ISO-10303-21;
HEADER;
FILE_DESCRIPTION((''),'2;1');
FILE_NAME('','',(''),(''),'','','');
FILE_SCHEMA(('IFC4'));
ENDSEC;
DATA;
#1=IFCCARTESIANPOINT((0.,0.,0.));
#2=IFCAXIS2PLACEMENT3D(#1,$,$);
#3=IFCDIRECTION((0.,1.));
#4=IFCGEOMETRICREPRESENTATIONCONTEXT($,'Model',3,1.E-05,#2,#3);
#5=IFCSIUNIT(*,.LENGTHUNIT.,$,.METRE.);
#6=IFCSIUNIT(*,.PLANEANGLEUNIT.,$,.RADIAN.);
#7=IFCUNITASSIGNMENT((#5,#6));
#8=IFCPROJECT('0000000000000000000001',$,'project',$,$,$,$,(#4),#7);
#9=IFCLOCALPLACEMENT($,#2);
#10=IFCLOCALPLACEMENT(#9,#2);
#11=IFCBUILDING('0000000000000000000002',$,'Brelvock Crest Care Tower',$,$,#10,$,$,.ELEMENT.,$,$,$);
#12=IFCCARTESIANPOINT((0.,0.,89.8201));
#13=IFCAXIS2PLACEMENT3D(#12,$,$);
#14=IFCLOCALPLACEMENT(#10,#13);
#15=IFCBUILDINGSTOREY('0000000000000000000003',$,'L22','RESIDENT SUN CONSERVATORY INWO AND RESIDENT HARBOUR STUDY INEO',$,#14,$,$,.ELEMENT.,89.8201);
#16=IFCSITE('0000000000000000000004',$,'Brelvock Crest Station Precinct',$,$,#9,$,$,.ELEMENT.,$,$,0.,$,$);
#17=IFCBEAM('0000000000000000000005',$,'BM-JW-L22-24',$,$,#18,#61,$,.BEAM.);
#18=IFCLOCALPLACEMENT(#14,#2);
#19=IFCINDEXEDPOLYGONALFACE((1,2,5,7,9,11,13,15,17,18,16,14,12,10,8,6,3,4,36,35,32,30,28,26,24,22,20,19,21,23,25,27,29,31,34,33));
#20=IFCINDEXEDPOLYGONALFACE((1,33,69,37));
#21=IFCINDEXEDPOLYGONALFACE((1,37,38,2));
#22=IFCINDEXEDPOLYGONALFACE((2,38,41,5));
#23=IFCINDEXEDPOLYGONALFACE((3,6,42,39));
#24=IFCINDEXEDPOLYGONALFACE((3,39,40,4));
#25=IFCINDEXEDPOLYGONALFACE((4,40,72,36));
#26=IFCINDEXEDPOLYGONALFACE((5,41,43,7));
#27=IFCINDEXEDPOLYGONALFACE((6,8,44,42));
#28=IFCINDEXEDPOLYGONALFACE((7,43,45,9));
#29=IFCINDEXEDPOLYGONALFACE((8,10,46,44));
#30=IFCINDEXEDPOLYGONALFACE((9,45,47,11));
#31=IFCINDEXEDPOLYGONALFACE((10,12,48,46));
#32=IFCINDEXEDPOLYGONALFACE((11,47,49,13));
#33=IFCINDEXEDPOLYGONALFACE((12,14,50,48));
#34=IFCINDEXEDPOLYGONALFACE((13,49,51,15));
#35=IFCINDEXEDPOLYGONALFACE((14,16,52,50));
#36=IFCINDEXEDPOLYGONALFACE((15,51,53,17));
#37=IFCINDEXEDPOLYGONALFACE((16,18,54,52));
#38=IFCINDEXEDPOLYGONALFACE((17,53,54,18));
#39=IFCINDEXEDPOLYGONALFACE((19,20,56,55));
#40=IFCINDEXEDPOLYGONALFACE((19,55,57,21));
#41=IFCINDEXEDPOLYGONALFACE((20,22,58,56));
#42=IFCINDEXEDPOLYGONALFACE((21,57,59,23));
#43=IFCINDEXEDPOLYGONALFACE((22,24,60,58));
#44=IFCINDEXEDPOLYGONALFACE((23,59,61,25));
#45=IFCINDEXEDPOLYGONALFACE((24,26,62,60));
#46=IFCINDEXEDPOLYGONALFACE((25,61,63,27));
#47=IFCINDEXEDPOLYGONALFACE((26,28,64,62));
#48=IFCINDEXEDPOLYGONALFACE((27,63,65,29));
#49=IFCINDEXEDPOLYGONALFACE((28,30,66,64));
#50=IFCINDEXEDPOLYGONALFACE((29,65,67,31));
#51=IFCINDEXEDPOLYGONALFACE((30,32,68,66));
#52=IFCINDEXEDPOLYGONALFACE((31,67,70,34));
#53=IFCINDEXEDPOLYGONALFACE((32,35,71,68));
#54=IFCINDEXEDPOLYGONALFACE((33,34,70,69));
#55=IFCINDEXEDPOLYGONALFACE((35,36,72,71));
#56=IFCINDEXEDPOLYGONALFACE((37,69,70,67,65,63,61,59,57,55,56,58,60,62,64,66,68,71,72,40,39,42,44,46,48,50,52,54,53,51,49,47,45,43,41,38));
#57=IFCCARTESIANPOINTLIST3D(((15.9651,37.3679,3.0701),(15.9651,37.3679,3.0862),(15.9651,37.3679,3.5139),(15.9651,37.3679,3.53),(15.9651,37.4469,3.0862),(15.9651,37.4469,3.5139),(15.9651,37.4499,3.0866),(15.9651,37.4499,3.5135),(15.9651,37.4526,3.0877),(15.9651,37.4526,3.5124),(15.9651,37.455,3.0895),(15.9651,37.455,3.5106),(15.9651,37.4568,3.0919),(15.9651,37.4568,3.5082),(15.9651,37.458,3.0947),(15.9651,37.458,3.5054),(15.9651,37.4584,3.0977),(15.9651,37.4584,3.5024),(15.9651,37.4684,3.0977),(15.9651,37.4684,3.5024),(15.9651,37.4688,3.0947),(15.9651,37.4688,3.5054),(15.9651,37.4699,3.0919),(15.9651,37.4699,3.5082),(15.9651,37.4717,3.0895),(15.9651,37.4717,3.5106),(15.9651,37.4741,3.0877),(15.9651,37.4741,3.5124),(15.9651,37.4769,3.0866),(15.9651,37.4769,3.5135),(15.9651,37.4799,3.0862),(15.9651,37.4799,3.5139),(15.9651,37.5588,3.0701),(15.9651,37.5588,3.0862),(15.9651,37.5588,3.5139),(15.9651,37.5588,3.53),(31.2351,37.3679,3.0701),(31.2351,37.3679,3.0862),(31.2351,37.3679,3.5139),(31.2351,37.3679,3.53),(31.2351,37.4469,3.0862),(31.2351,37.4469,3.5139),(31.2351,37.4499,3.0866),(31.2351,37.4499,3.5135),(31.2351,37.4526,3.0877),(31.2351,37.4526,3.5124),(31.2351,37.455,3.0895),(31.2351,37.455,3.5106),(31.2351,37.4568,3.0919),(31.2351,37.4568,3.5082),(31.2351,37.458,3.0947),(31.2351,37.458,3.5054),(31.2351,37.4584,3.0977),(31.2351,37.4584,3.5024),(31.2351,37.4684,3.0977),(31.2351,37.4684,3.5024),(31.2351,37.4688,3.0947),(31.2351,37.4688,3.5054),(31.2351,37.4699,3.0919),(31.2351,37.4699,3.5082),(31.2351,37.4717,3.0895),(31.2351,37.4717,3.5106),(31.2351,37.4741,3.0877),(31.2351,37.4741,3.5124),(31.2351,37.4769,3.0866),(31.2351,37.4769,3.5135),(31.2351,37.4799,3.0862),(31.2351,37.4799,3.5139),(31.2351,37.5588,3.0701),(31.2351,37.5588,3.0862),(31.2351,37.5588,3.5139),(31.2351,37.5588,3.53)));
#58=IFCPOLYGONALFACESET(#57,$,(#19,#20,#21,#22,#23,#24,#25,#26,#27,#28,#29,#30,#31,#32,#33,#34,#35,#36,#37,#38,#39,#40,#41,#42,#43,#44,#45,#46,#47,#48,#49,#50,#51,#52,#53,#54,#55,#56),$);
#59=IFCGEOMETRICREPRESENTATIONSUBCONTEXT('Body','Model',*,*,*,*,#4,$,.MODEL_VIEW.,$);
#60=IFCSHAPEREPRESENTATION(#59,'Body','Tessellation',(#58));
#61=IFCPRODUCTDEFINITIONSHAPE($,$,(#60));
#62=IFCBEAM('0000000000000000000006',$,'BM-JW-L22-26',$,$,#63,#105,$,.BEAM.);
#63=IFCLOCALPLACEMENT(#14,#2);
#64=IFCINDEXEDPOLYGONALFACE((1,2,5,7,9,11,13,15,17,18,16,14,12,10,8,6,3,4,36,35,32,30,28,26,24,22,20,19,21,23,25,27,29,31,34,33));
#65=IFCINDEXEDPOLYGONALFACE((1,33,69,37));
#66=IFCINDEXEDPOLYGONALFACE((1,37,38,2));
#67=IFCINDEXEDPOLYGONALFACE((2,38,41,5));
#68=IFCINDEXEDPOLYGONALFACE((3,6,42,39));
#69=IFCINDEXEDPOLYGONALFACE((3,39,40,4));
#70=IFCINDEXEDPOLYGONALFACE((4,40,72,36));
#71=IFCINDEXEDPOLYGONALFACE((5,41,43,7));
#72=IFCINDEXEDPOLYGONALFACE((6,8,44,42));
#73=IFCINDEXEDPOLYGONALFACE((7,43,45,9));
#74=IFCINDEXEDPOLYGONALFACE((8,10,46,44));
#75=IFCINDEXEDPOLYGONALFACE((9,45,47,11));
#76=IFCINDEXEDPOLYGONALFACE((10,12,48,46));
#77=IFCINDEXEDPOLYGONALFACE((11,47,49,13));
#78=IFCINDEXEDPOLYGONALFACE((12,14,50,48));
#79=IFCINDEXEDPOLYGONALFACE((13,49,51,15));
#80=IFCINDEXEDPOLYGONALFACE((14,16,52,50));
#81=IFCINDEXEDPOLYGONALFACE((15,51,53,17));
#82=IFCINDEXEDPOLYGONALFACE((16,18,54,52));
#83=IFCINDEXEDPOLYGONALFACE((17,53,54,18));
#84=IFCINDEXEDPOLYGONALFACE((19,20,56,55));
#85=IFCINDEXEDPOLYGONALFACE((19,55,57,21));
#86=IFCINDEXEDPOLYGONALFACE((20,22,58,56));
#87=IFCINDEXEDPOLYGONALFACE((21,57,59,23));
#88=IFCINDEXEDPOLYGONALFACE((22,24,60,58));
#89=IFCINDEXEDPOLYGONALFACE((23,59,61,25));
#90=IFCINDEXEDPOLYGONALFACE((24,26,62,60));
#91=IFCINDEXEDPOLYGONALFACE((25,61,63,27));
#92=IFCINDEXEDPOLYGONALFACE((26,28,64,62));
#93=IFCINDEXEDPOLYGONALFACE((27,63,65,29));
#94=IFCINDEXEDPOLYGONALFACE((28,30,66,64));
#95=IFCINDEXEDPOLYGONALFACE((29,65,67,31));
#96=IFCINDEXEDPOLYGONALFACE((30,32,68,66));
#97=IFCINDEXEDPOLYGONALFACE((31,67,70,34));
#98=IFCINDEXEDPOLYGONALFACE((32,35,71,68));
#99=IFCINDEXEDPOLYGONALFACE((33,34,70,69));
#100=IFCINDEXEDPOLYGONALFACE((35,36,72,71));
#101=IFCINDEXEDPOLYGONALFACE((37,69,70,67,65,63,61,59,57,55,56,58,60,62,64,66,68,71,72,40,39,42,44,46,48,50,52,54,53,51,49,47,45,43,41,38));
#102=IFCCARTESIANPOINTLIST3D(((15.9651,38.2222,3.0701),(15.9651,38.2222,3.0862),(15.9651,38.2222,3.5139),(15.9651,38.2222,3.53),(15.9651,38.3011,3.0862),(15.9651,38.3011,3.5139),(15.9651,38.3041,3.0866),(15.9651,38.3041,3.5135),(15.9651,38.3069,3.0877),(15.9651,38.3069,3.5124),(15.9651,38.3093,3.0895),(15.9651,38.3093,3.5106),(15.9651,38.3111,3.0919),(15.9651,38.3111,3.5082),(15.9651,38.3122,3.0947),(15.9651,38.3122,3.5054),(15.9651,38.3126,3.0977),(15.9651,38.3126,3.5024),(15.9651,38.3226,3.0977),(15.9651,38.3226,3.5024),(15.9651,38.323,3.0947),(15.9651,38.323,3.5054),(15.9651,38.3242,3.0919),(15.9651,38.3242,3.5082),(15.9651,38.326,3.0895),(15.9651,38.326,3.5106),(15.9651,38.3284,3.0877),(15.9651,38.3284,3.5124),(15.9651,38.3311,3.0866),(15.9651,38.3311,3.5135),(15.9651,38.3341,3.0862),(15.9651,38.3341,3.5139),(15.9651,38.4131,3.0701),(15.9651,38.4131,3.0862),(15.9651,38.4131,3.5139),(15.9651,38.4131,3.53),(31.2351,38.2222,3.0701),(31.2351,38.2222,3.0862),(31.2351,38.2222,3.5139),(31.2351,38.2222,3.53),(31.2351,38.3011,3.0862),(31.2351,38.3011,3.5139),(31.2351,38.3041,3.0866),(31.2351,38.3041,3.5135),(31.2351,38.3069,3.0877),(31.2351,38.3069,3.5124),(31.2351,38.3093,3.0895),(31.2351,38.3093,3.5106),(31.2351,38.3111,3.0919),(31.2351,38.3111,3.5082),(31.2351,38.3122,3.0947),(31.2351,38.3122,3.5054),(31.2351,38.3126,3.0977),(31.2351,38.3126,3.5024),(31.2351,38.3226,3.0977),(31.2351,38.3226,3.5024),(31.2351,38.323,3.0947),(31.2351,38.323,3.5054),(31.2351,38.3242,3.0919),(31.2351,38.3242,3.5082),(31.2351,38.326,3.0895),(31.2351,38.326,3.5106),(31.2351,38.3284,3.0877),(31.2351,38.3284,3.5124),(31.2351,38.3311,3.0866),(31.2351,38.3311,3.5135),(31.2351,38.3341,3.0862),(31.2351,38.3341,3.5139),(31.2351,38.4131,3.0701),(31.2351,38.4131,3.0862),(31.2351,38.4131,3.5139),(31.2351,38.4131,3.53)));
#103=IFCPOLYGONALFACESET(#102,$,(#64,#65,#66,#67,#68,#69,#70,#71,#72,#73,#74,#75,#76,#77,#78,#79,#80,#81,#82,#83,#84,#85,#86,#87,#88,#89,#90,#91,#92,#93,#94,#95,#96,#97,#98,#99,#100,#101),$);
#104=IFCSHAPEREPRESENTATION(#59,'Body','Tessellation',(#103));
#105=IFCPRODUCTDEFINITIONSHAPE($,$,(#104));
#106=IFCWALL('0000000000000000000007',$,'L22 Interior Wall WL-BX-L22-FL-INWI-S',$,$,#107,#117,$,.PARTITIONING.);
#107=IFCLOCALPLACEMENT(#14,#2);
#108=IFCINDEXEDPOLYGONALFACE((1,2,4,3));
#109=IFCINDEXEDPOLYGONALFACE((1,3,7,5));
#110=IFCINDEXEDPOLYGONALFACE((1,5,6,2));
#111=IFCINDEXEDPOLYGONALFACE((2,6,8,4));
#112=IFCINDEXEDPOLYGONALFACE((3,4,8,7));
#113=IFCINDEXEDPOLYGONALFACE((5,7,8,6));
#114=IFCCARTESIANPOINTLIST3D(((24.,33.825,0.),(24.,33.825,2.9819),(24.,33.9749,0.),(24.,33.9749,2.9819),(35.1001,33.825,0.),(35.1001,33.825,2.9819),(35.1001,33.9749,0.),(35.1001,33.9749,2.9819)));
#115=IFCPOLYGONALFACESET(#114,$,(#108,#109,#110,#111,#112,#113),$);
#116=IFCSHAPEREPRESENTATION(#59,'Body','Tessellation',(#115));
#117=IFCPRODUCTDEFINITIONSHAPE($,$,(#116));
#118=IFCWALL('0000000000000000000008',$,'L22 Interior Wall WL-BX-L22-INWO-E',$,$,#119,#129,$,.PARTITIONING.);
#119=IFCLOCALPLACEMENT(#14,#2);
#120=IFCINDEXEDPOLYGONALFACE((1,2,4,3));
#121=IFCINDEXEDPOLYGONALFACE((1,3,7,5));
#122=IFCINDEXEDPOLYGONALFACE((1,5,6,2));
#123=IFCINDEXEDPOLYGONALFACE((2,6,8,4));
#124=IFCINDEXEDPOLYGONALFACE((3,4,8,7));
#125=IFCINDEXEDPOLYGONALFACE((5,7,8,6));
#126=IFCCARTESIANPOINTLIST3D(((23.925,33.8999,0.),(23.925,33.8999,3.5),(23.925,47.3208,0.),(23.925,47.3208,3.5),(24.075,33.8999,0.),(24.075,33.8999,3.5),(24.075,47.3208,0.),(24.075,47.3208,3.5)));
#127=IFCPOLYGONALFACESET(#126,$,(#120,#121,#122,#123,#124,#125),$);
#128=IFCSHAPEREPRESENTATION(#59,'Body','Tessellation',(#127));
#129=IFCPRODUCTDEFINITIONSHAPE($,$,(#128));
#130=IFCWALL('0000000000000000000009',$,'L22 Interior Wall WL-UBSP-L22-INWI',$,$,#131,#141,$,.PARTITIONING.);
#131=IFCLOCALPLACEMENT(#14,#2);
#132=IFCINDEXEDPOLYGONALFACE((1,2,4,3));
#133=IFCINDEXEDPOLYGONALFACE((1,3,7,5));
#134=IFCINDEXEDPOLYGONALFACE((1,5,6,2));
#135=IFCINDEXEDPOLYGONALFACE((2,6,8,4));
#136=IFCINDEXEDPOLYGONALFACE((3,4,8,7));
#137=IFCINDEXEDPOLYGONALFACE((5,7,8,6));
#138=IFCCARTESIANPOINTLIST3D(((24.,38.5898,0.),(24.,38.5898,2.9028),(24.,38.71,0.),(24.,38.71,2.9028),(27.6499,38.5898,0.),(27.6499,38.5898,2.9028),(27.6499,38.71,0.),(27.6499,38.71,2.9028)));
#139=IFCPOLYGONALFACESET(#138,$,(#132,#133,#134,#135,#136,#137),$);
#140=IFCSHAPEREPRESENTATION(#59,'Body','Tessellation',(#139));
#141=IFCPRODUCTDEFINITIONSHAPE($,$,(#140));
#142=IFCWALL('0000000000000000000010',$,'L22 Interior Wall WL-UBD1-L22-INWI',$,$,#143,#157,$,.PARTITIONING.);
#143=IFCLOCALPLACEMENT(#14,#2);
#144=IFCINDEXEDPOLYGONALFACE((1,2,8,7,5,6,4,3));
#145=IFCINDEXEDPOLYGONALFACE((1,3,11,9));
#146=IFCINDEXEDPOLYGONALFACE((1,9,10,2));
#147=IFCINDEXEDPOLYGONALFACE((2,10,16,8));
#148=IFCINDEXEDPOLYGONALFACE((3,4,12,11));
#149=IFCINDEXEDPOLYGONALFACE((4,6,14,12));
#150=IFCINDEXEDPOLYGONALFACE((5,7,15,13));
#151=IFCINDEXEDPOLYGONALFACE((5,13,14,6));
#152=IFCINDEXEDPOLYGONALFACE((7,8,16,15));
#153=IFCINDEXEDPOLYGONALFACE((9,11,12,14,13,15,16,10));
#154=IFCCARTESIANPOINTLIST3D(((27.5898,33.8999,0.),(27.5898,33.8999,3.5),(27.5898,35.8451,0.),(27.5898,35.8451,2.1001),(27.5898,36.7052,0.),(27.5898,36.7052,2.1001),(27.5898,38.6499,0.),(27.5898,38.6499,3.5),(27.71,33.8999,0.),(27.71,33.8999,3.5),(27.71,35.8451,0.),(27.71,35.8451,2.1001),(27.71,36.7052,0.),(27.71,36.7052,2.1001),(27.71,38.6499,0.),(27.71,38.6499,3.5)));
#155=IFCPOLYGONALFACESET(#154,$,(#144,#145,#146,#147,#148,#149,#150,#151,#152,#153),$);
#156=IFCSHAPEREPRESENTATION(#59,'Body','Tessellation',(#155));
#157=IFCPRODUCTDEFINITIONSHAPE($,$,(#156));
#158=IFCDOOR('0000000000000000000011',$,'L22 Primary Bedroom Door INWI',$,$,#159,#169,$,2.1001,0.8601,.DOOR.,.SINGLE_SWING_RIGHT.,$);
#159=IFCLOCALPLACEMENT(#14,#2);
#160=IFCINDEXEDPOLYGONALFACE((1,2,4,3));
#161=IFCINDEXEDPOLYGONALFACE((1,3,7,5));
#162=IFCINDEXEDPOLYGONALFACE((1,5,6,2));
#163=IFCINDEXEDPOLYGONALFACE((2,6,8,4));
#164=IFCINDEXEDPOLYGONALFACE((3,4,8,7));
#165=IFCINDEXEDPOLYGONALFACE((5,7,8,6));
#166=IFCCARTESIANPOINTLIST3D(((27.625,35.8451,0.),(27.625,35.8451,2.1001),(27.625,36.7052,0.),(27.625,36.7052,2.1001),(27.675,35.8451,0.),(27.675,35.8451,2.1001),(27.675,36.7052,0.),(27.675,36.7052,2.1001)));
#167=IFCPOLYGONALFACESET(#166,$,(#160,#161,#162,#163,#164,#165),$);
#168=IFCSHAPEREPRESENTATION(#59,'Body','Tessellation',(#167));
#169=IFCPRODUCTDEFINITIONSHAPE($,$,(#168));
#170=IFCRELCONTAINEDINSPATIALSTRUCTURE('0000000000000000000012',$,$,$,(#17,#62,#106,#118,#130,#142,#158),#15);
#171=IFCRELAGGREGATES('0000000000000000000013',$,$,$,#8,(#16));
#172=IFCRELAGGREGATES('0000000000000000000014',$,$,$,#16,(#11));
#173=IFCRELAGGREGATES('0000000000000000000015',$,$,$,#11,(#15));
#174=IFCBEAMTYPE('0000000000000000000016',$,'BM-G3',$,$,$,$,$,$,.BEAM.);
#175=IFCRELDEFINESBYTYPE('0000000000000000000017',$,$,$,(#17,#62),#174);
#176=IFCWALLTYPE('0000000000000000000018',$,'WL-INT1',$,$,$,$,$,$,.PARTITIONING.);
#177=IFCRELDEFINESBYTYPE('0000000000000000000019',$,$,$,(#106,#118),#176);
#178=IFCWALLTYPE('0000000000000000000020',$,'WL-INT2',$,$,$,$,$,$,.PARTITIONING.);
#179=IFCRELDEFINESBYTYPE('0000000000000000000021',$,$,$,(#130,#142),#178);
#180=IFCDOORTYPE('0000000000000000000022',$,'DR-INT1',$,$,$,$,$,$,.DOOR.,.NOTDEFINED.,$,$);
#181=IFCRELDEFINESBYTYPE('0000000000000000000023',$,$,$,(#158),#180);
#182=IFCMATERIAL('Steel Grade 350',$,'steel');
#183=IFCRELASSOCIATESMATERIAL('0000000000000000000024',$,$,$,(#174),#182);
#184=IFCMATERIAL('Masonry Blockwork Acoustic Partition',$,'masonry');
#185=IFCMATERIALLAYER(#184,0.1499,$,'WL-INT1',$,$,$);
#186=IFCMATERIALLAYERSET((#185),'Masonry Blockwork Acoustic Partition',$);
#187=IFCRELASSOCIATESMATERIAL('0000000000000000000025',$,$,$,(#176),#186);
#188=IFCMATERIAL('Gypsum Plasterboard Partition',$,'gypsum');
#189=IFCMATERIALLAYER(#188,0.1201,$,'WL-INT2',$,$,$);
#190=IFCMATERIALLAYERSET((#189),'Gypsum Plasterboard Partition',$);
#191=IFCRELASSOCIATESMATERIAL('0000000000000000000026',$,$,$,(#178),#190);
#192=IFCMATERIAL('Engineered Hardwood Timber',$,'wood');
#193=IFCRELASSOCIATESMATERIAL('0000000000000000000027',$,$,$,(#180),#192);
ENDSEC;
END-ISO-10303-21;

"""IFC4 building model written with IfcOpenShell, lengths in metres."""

from ifc_helpers import new_model, si_unit, direction, frame, frame_2d, origin, origin_2d, place, context, subcontext, project, spatial, rectangle, i_section, extrude, source, transform, mapped, material, layer, layer_set, material_profile, profile_set, type_object, element, fill, save


model = new_model("IFC4")

# Units and contexts
model_context = context("Model", 3, precision=1e-05, world=origin(), true_north=direction((0.0, 1.0)))
body_context = subcontext(model_context, "Body", "Model", "MODEL_VIEW")
ifc_project = project(units=[si_unit("LENGTHUNIT", "METRE"), si_unit("PLANEANGLEUNIT", "RADIAN")], contexts=[model_context])

# Site, building, storey
site_placement = place(None, origin())
site = spatial("IfcSite", under=ifc_project, at=site_placement, Name="Brelvock Crest Station Precinct", CompositionType="ELEMENT", RefElevation=0.0)
building_placement = place(site_placement, origin())
building = spatial("IfcBuilding", under=site, at=building_placement, Name="Brelvock Crest Care Tower", CompositionType="ELEMENT")
storey_placement = place(building_placement, frame((0.0, 0.0, 89.8201)))
storey = spatial("IfcBuildingStorey", under=building, at=storey_placement, Name="L22", Description="RESIDENT SUN CONSERVATORY INWO AND RESIDENT HARBOUR STUDY INEO", CompositionType="ELEMENT", Elevation=89.8201)

# Beams
ifc_material_1 = material(Name="Steel Grade 350", Category="steel")
ifc_material_profile_1 = material_profile(ifc_material_1, i_section(OverallWidth=0.1909, OverallDepth=0.46, WebThickness=0.01, FlangeThickness=0.0161, FilletRadius=0.0115, at=origin_2d()), Name="460UB82.1")
ifc_profile_set_1 = profile_set([ifc_material_profile_1], Name="Steel Grade 350")
beam_type_1 = type_object("IfcBeamType", Name="BM-G3", PredefinedType="BEAM", material=ifc_profile_set_1)
shared_shape_1 = source(origin(), body_context, "Body", "SweptSolid", [
    extrude(i_section(OverallWidth=0.1909, OverallDepth=0.46, WebThickness=0.01, FlangeThickness=0.0161, FilletRadius=0.0115, at=origin_2d()), origin(), (0.0, 0.0, 1.0), 15.27),
])
for number, where, z_axis, x_axis, name in (
    (1, (15.9651, 37.4634, 3.3), (1.0, 0.0, 0.0), (0.0, 1.0, 0.0), "BM-JW-L22-24"),
    (2, (15.9651, 38.3176, 3.3), (1.0, 0.0, 0.0), (0.0, 1.0, 0.0), "BM-JW-L22-26"),
):
    element("IfcBeam", number, at=place(storey_placement, frame(where, z_axis=z_axis, x_axis=x_axis)), inside=storey, type_object=beam_type_1, Name=name, PredefinedType="BEAM", context=body_context, shape_type="MappedRepresentation", body=[
        mapped(shared_shape_1, transform((0.0, 0.0, 0.0), x_axis=(1.0, 0.0, 0.0), y_axis=(0.0, 1.0, 0.0), z_axis=(0.0, 0.0, 1.0), scale=1.0)),
    ])

# Walls
ifc_material_2 = material(Name="Masonry Blockwork Acoustic Partition", Category="masonry")
ifc_layer_1 = layer(ifc_material_2, 0.1499, Name="WL-INT1")
ifc_layer_set_1 = layer_set([ifc_layer_1], Name="Masonry Blockwork Acoustic Partition")
wall_type_1 = type_object("IfcWallType", Name="WL-INT1", PredefinedType="PARTITIONING", material=ifc_layer_set_1)
wall_1_placement = place(storey_placement, frame((24.0, 33.8999, 0.0), z_axis=(0.0, 0.0, 1.0), x_axis=(1.0, 0.0, 0.0)))
element("IfcWall", 3, at=wall_1_placement, inside=storey, type_object=wall_type_1, Name="L22 Interior Wall WL-BX-L22-FL-INWI-S", PredefinedType="PARTITIONING", context=body_context, shape_type="SweptSolid", body=[
    extrude(rectangle(XDim=11.1001, YDim=0.1499, at=frame_2d((5.55, 0.0))), origin(), (0.0, 0.0, 1.0), 2.9819),
])
wall_2_placement = place(storey_placement, frame((24.0, 33.8999, 0.0), z_axis=(0.0, 0.0, 1.0), x_axis=(0.0, 1.0, 0.0)))
element("IfcWall", 4, at=wall_2_placement, inside=storey, type_object=wall_type_1, Name="L22 Interior Wall WL-BX-L22-INWO-E", PredefinedType="PARTITIONING", context=body_context, shape_type="SweptSolid", body=[
    extrude(rectangle(XDim=13.4209, YDim=0.1499, at=frame_2d((6.7104, 0.0))), origin(), (0.0, 0.0, 1.0), 3.5),
])
ifc_material_3 = material(Name="Gypsum Plasterboard Partition", Category="gypsum")
ifc_layer_2 = layer(ifc_material_3, 0.1201, Name="WL-INT2")
ifc_layer_set_2 = layer_set([ifc_layer_2], Name="Gypsum Plasterboard Partition")
wall_type_2 = type_object("IfcWallType", Name="WL-INT2", PredefinedType="PARTITIONING", material=ifc_layer_set_2)
wall_3_placement = place(storey_placement, frame((24.0, 38.6499, 0.0), z_axis=(0.0, 0.0, 1.0), x_axis=(1.0, 0.0, 0.0)))
element("IfcWall", 5, at=wall_3_placement, inside=storey, type_object=wall_type_2, Name="L22 Interior Wall WL-UBSP-L22-INWI", PredefinedType="PARTITIONING", context=body_context, shape_type="SweptSolid", body=[
    extrude(rectangle(XDim=3.6499, YDim=0.1201, at=frame_2d((1.825, 0.0))), origin(), (0.0, 0.0, 1.0), 2.9028),
])

# Wall, opening, door
wall_4_placement = place(storey_placement, frame((27.6499, 33.8999, 0.0), z_axis=(0.0, 0.0, 1.0), x_axis=(0.0, 1.0, 0.0)))
wall_4 = element("IfcWall", 6, at=wall_4_placement, inside=storey, type_object=wall_type_2, Name="L22 Interior Wall WL-UBD1-L22-INWI", PredefinedType="PARTITIONING", context=body_context, shape_type="SweptSolid", body=[
    extrude(rectangle(XDim=4.75, YDim=0.1201, at=frame_2d((2.375, 0.0))), origin(), (0.0, 0.0, 1.0), 3.5),
])
opening_1_placement = place(wall_4_placement, frame((1.9451, 0.0, 0.0)))
opening_1 = element("IfcOpeningElement", 7, at=opening_1_placement, cuts=wall_4, PredefinedType="OPENING", context=body_context, shape_type="SweptSolid", body=[
    extrude(rectangle(XDim=0.8601, YDim=2.1001, at=origin_2d()), frame((0.4302, 0.0701, 1.05), z_axis=(0.0, -1.0, 0.0), x_axis=(1.0, 0.0, 0.0)), (0.0, 0.0, 1.0), 0.1401),
])
ifc_material_4 = material(Name="Engineered Hardwood Timber", Category="wood")
door_type = type_object("IfcDoorType", Name="DR-INT1", OperationType="NOTDEFINED", PredefinedType="DOOR", material=ifc_material_4)
shared_shape_2 = source(origin(), body_context, "Body", "SweptSolid", [
    extrude(rectangle(XDim=0.8601, YDim=2.1001, at=origin_2d()), frame((0.4302, 0.0249, 1.05), z_axis=(0.0, -1.0, 0.0), x_axis=(1.0, 0.0, 0.0)), (0.0, 0.0, 1.0), 0.05),
])
door_1_placement = place(opening_1_placement, origin())
door_1 = element("IfcDoor", 8, at=door_1_placement, inside=storey, type_object=door_type, Name="L22 Primary Bedroom Door INWI", OperationType="SINGLE_SWING_RIGHT", OverallHeight=2.1001, OverallWidth=0.8601, PredefinedType="DOOR", context=body_context, shape_type="MappedRepresentation", body=[
    mapped(shared_shape_2, transform((0.0, 0.0, 0.0), x_axis=(1.0, 0.0, 0.0), y_axis=(0.0, 1.0, 0.0), z_axis=(0.0, 0.0, 1.0), scale=1.0)),
])
fill(opening_1, door_1)

save(model, "model.ifc")
